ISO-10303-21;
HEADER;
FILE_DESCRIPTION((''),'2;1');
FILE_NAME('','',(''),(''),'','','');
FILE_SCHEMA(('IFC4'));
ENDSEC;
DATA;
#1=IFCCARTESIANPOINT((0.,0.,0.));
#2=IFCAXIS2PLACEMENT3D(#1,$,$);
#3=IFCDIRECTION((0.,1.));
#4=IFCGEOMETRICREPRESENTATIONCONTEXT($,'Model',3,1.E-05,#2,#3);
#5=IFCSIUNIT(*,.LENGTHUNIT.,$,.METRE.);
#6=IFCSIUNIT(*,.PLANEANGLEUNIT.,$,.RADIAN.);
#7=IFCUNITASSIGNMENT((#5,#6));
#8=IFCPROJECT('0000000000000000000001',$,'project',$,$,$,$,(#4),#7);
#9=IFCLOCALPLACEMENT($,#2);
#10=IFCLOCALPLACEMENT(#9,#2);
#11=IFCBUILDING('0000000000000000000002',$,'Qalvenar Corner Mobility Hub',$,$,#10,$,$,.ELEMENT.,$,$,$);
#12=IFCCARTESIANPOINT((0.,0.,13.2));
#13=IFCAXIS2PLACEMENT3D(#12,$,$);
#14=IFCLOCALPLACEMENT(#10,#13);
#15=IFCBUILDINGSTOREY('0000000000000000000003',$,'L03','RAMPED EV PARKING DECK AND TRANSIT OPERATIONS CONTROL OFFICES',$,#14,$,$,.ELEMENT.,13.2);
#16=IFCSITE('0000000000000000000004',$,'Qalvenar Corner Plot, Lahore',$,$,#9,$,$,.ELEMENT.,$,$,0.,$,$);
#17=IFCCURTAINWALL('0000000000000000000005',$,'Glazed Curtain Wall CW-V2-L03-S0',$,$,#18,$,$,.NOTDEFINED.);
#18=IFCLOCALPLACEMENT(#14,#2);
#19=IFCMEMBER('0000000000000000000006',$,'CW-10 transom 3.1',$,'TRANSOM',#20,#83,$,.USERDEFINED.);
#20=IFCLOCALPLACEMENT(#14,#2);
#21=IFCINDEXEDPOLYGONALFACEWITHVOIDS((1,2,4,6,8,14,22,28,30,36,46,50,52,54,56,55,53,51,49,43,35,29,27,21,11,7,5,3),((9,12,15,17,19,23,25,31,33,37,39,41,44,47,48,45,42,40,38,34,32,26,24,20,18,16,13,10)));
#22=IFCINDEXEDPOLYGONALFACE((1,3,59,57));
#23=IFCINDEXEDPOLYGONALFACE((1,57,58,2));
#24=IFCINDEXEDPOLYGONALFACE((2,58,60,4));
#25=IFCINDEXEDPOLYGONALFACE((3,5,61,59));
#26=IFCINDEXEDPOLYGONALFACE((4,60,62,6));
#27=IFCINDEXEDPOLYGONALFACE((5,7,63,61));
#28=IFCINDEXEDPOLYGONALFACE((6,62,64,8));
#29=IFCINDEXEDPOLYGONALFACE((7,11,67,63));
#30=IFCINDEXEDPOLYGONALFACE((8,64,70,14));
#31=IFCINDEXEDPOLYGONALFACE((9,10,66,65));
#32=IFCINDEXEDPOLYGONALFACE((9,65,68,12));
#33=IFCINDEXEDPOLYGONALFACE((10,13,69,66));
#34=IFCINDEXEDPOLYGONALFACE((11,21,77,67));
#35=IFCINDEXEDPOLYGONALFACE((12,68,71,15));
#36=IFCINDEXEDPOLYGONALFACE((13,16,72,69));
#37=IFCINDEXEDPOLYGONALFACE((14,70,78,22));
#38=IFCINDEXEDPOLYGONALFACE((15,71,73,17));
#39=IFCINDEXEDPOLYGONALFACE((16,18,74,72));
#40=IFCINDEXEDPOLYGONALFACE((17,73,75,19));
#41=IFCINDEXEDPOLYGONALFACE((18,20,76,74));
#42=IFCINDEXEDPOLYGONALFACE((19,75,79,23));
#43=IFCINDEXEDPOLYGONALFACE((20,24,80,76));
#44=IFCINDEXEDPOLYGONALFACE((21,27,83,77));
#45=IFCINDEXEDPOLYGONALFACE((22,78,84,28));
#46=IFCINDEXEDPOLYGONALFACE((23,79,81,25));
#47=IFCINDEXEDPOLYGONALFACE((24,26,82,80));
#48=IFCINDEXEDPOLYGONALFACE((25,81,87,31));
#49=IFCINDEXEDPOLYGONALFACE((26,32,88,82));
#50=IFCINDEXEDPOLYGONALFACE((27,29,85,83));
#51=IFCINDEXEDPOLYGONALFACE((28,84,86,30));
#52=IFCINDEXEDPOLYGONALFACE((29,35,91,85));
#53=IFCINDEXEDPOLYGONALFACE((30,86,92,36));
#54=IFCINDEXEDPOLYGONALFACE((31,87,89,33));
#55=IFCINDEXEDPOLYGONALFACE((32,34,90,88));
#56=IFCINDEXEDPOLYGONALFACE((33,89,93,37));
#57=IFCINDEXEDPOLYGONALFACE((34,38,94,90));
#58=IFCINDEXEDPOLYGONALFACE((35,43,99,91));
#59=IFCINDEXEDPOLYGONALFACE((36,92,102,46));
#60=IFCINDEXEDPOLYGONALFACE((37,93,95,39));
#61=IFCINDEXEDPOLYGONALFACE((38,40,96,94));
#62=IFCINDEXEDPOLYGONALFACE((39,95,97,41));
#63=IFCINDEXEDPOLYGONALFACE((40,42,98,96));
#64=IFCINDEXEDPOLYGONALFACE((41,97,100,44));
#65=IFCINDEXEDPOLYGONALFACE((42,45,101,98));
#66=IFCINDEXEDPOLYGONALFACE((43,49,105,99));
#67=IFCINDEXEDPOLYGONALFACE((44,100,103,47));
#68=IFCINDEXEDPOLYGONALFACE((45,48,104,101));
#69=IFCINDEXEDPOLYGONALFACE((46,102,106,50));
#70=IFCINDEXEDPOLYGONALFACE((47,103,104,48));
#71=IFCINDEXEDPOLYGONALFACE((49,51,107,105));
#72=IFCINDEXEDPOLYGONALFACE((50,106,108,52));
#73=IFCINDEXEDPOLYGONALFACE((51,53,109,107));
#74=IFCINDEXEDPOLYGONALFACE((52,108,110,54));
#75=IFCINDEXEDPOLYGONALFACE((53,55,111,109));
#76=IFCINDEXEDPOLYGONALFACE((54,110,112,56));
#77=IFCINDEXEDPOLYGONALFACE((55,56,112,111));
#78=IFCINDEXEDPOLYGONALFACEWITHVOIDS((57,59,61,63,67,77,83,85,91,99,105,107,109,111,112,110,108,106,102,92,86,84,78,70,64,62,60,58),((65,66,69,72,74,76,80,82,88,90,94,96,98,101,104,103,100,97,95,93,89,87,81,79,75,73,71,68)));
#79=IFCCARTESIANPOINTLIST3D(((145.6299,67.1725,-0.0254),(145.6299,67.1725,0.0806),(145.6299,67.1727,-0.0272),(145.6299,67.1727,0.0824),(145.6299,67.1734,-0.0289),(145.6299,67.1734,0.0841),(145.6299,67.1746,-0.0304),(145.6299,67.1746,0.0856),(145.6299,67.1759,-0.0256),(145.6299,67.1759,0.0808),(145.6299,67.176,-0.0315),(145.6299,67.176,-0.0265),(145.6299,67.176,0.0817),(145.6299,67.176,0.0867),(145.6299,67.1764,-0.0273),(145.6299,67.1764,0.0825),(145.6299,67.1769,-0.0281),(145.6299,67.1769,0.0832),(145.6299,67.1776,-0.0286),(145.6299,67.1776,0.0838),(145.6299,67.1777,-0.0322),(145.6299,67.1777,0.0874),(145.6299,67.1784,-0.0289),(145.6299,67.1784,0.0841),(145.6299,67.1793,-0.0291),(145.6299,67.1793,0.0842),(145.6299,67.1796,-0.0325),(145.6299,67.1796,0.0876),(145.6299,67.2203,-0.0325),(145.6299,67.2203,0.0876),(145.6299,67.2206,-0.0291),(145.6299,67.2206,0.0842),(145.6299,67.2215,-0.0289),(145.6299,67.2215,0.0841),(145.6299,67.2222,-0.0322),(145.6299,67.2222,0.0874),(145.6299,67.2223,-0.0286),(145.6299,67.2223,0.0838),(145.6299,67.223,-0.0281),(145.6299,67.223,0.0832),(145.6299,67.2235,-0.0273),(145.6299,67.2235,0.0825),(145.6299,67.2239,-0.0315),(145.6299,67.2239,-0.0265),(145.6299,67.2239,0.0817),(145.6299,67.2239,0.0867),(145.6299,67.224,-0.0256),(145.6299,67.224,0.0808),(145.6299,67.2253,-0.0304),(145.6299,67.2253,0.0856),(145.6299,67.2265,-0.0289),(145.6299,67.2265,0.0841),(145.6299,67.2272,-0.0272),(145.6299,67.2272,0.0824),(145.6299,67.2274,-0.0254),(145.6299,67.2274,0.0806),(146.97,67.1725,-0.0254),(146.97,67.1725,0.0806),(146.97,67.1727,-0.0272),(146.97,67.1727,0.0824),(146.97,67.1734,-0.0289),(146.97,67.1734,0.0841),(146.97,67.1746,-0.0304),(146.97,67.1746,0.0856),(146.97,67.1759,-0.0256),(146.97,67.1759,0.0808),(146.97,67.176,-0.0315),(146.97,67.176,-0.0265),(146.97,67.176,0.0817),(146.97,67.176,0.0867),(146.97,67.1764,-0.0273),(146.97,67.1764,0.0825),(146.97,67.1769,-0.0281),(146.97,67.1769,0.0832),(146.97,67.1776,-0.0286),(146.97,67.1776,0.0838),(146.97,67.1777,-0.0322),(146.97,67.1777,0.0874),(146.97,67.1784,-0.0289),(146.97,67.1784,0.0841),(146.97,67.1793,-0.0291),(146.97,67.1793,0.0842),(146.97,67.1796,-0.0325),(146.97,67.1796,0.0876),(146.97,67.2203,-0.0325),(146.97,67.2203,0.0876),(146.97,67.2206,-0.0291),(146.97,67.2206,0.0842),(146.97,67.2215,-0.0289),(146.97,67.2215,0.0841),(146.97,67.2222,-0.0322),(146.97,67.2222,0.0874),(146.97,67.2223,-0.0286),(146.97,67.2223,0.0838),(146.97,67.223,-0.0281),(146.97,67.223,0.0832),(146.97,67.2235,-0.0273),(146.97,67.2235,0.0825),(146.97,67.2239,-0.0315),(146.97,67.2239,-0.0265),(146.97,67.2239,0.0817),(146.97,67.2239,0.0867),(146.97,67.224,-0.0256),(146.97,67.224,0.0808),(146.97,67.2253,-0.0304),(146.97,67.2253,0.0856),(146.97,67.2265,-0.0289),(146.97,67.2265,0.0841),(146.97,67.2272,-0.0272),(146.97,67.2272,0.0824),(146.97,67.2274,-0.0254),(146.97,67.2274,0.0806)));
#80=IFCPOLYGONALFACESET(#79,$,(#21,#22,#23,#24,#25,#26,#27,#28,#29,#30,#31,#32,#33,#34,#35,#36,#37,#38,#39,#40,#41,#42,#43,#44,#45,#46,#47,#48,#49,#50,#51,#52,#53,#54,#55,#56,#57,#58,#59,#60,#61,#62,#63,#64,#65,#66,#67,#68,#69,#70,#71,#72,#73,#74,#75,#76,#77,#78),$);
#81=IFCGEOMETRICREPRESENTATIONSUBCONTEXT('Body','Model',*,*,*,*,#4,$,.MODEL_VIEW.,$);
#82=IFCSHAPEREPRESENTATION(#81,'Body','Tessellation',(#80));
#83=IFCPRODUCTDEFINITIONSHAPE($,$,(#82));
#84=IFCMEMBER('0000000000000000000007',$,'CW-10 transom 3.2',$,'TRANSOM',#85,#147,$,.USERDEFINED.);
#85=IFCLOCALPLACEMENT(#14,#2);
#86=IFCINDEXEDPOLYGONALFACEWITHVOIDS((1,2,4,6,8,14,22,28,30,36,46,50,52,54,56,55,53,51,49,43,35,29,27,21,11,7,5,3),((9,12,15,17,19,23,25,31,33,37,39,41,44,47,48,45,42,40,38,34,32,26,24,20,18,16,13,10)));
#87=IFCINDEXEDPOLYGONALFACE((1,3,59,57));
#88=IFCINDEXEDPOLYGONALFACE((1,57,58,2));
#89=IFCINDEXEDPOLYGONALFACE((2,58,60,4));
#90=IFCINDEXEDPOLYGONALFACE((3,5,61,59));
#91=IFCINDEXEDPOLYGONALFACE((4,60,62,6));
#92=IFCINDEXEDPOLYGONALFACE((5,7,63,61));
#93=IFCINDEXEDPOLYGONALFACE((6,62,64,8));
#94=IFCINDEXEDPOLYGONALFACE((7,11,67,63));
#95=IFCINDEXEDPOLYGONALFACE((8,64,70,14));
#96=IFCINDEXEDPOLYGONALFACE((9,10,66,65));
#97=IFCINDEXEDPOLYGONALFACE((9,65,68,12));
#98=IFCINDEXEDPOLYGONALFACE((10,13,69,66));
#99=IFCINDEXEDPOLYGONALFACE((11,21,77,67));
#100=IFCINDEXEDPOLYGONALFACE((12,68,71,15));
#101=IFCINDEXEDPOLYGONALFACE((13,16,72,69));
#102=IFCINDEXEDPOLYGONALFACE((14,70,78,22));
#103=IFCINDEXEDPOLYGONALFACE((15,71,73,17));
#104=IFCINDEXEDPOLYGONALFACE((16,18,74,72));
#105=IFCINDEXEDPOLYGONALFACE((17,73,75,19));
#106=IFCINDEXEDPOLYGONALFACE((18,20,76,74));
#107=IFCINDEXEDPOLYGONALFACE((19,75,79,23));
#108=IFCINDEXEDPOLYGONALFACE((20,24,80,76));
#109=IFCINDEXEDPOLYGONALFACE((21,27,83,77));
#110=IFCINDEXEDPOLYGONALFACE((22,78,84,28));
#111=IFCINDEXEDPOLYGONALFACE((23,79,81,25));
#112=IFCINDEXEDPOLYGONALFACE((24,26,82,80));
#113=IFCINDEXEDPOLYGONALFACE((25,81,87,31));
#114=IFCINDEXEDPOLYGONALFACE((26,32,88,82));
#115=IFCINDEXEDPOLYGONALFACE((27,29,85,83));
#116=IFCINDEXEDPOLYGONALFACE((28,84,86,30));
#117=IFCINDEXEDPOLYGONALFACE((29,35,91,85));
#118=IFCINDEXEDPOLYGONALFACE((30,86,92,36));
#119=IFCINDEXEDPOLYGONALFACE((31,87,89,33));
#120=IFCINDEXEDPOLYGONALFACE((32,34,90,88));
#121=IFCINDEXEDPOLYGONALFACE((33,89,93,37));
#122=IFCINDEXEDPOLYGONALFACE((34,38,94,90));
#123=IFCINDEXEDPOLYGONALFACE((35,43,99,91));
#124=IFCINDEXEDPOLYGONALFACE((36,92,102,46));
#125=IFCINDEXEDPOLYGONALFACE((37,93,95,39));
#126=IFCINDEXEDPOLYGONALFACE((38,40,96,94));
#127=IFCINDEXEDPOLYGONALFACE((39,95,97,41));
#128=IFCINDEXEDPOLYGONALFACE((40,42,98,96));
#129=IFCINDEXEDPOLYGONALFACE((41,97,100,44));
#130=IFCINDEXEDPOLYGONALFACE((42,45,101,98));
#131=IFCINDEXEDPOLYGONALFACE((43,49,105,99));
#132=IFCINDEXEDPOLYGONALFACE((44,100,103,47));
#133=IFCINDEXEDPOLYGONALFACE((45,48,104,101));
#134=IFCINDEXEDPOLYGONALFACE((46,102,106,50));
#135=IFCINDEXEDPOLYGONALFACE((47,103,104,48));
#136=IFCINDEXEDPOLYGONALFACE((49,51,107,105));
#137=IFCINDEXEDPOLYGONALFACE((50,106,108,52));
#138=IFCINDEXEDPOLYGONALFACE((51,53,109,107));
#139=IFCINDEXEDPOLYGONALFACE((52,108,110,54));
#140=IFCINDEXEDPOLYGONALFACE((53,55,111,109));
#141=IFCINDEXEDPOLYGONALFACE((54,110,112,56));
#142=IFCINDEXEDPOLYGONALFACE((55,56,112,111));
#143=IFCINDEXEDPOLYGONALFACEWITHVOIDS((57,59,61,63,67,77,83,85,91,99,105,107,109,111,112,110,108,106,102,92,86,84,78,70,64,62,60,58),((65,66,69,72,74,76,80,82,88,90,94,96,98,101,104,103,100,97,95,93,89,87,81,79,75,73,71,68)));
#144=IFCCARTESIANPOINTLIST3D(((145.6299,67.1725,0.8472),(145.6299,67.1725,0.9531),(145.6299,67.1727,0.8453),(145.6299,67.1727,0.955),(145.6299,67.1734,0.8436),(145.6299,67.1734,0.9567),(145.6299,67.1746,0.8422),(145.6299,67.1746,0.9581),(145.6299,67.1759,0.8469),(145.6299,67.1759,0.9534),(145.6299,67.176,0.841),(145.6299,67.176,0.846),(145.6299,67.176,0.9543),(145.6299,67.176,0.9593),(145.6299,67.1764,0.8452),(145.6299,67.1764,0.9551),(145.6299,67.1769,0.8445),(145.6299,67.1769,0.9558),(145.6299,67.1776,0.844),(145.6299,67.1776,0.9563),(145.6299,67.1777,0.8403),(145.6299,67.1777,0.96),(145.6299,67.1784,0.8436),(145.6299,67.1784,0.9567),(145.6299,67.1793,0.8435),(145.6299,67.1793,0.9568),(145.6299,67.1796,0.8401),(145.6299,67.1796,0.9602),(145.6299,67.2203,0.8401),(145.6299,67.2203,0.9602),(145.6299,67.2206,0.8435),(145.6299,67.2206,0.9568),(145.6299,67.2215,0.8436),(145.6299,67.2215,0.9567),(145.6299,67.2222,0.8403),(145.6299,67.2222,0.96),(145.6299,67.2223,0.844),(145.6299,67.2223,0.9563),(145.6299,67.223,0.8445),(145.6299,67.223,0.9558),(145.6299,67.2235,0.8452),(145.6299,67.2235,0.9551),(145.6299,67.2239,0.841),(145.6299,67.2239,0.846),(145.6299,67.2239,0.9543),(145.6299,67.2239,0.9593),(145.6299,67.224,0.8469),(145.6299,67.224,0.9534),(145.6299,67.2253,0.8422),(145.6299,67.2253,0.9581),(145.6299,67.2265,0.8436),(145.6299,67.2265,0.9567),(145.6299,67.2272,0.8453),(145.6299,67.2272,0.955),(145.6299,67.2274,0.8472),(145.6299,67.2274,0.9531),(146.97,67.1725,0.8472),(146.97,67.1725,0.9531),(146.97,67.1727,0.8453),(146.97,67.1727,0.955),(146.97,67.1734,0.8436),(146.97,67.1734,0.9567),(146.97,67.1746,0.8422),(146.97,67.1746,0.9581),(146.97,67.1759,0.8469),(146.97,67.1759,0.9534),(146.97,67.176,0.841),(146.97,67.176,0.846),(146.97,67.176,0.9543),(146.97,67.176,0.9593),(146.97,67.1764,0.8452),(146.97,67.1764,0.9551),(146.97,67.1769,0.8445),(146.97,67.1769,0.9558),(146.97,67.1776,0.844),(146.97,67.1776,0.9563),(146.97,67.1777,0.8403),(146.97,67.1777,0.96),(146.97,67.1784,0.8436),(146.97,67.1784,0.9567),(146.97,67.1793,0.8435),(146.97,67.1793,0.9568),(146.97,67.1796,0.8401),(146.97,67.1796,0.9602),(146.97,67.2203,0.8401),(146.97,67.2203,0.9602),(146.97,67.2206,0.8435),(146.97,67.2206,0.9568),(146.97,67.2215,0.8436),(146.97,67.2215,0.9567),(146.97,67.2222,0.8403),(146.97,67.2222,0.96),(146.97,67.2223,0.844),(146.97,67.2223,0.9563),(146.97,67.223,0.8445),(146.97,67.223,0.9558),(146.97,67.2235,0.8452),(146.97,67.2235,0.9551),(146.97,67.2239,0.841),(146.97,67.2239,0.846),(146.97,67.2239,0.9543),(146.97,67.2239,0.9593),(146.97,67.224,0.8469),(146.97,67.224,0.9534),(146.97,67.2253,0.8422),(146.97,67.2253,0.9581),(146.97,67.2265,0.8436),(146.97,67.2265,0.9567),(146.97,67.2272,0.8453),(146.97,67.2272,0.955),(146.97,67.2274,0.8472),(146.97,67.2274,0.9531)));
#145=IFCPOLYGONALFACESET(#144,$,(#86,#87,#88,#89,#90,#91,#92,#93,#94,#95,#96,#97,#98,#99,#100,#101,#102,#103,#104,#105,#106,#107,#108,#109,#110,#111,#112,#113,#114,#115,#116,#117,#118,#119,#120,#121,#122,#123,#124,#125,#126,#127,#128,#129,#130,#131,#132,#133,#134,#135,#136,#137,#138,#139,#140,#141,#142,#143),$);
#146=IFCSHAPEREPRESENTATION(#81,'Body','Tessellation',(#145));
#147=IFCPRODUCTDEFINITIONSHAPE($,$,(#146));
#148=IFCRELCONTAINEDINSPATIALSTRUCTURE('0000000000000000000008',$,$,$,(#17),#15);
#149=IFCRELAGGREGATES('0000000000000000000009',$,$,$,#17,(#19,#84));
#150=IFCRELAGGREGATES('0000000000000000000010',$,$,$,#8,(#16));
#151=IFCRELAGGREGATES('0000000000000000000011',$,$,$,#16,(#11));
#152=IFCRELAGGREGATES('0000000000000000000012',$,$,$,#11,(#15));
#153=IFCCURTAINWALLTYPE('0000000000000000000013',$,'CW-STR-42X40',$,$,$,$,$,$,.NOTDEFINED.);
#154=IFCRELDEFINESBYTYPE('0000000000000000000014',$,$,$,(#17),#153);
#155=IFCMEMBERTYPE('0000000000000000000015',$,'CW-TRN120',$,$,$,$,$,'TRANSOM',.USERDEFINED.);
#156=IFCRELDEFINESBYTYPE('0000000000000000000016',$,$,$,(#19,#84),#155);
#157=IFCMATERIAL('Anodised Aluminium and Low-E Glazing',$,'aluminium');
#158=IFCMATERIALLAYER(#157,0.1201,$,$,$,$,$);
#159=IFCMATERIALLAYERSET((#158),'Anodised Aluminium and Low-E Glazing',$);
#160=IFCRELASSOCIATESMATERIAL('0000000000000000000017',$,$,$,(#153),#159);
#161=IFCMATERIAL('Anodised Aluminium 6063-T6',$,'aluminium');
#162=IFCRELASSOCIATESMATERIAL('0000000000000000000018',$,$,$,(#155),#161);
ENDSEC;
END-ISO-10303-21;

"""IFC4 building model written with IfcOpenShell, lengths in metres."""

from ifc_helpers import new_model, si_unit, direction, frame, origin, origin_2d, place, context, subcontext, project, spatial, hollow_rectangle, extrude, material, layer, layer_set, material_profile, profile_set, type_object, element, aggregate, save


model = new_model("IFC4")

# Units and contexts
model_context = context("Model", 3, precision=1e-05, world=origin(), true_north=direction((0.0, 1.0)))
body_context = subcontext(model_context, "Body", "Model", "MODEL_VIEW")
ifc_project = project(units=[si_unit("LENGTHUNIT", "METRE"), si_unit("PLANEANGLEUNIT", "RADIAN")], contexts=[model_context])

# Site, building, storey
site_placement = place(None, origin())
site = spatial("IfcSite", under=ifc_project, at=site_placement, Name="Qalvenar Corner Plot, Lahore", CompositionType="ELEMENT", RefElevation=0.0)
building_placement = place(site_placement, origin())
building = spatial("IfcBuilding", under=site, at=building_placement, Name="Qalvenar Corner Mobility Hub", CompositionType="ELEMENT")
storey_placement = place(building_placement, frame((0.0, 0.0, 13.2)))
storey = spatial("IfcBuildingStorey", under=building, at=storey_placement, Name="L03", Description="RAMPED EV PARKING DECK AND TRANSIT OPERATIONS CONTROL OFFICES", CompositionType="ELEMENT", Elevation=13.2)

# Curtain wall, members
ifc_material_1 = material(Name="Anodised Aluminium and Low-E Glazing", Category="aluminium")
ifc_layer_1 = layer(ifc_material_1, 0.1201)
ifc_layer_set_1 = layer_set([ifc_layer_1], Name="Anodised Aluminium and Low-E Glazing")
curtain_wall_type = type_object("IfcCurtainWallType", Name="CW-STR-42X40", PredefinedType="NOTDEFINED", material=ifc_layer_set_1)
curtain_wall_placement = place(storey_placement, origin())
curtain_wall = element("IfcCurtainWall", 1, at=curtain_wall_placement, inside=storey, type_object=curtain_wall_type, Name="Glazed Curtain Wall CW-V2-L03-S0", PredefinedType="NOTDEFINED")
ifc_material_2 = material(Name="Anodised Aluminium 6063-T6", Category="aluminium")
ifc_material_profile_1 = material_profile(ifc_material_2, hollow_rectangle(XDim=0.0549, YDim=0.1201, WallThickness=0.0034, InnerFilletRadius=0.0034, OuterFilletRadius=0.0071, at=origin_2d()), Name="RHS120x55x3.5")
ifc_profile_set_1 = profile_set([ifc_material_profile_1], Name="Anodised Aluminium 6063-T6")
member_type_1 = type_object("IfcMemberType", Name="CW-TRN120", ElementType="TRANSOM", PredefinedType="USERDEFINED", material=ifc_profile_set_1)
member_1_placement = place(storey_placement, frame((145.6299, 67.2, 0.0276), z_axis=(1.0, 0.0, 0.0), x_axis=(0.0, 1.0, 0.0)))
member_1 = element("IfcMember", 2, at=member_1_placement, type_object=member_type_1, Name="CW-10 transom 3.1", ObjectType="TRANSOM", PredefinedType="USERDEFINED", context=body_context, shape_type="SweptSolid", body=[
    extrude(hollow_rectangle(XDim=0.0549, YDim=0.1201, WallThickness=0.0034, InnerFilletRadius=0.0034, OuterFilletRadius=0.0071, at=origin_2d()), origin(), (0.0, 0.0, 1.0), 1.3401),
])
member_2_placement = place(storey_placement, frame((145.6299, 67.2, 0.9001), z_axis=(1.0, 0.0, 0.0), x_axis=(0.0, 1.0, 0.0)))
member_2 = element("IfcMember", 3, at=member_2_placement, type_object=member_type_1, Name="CW-10 transom 3.2", ObjectType="TRANSOM", PredefinedType="USERDEFINED", context=body_context, shape_type="SweptSolid", body=[
    extrude(hollow_rectangle(XDim=0.0549, YDim=0.1201, WallThickness=0.0034, InnerFilletRadius=0.0034, OuterFilletRadius=0.0071, at=origin_2d()), origin(), (0.0, 0.0, 1.0), 1.3401),
])
aggregate(curtain_wall, [member_1, member_2])

save(model, "model.ifc")
